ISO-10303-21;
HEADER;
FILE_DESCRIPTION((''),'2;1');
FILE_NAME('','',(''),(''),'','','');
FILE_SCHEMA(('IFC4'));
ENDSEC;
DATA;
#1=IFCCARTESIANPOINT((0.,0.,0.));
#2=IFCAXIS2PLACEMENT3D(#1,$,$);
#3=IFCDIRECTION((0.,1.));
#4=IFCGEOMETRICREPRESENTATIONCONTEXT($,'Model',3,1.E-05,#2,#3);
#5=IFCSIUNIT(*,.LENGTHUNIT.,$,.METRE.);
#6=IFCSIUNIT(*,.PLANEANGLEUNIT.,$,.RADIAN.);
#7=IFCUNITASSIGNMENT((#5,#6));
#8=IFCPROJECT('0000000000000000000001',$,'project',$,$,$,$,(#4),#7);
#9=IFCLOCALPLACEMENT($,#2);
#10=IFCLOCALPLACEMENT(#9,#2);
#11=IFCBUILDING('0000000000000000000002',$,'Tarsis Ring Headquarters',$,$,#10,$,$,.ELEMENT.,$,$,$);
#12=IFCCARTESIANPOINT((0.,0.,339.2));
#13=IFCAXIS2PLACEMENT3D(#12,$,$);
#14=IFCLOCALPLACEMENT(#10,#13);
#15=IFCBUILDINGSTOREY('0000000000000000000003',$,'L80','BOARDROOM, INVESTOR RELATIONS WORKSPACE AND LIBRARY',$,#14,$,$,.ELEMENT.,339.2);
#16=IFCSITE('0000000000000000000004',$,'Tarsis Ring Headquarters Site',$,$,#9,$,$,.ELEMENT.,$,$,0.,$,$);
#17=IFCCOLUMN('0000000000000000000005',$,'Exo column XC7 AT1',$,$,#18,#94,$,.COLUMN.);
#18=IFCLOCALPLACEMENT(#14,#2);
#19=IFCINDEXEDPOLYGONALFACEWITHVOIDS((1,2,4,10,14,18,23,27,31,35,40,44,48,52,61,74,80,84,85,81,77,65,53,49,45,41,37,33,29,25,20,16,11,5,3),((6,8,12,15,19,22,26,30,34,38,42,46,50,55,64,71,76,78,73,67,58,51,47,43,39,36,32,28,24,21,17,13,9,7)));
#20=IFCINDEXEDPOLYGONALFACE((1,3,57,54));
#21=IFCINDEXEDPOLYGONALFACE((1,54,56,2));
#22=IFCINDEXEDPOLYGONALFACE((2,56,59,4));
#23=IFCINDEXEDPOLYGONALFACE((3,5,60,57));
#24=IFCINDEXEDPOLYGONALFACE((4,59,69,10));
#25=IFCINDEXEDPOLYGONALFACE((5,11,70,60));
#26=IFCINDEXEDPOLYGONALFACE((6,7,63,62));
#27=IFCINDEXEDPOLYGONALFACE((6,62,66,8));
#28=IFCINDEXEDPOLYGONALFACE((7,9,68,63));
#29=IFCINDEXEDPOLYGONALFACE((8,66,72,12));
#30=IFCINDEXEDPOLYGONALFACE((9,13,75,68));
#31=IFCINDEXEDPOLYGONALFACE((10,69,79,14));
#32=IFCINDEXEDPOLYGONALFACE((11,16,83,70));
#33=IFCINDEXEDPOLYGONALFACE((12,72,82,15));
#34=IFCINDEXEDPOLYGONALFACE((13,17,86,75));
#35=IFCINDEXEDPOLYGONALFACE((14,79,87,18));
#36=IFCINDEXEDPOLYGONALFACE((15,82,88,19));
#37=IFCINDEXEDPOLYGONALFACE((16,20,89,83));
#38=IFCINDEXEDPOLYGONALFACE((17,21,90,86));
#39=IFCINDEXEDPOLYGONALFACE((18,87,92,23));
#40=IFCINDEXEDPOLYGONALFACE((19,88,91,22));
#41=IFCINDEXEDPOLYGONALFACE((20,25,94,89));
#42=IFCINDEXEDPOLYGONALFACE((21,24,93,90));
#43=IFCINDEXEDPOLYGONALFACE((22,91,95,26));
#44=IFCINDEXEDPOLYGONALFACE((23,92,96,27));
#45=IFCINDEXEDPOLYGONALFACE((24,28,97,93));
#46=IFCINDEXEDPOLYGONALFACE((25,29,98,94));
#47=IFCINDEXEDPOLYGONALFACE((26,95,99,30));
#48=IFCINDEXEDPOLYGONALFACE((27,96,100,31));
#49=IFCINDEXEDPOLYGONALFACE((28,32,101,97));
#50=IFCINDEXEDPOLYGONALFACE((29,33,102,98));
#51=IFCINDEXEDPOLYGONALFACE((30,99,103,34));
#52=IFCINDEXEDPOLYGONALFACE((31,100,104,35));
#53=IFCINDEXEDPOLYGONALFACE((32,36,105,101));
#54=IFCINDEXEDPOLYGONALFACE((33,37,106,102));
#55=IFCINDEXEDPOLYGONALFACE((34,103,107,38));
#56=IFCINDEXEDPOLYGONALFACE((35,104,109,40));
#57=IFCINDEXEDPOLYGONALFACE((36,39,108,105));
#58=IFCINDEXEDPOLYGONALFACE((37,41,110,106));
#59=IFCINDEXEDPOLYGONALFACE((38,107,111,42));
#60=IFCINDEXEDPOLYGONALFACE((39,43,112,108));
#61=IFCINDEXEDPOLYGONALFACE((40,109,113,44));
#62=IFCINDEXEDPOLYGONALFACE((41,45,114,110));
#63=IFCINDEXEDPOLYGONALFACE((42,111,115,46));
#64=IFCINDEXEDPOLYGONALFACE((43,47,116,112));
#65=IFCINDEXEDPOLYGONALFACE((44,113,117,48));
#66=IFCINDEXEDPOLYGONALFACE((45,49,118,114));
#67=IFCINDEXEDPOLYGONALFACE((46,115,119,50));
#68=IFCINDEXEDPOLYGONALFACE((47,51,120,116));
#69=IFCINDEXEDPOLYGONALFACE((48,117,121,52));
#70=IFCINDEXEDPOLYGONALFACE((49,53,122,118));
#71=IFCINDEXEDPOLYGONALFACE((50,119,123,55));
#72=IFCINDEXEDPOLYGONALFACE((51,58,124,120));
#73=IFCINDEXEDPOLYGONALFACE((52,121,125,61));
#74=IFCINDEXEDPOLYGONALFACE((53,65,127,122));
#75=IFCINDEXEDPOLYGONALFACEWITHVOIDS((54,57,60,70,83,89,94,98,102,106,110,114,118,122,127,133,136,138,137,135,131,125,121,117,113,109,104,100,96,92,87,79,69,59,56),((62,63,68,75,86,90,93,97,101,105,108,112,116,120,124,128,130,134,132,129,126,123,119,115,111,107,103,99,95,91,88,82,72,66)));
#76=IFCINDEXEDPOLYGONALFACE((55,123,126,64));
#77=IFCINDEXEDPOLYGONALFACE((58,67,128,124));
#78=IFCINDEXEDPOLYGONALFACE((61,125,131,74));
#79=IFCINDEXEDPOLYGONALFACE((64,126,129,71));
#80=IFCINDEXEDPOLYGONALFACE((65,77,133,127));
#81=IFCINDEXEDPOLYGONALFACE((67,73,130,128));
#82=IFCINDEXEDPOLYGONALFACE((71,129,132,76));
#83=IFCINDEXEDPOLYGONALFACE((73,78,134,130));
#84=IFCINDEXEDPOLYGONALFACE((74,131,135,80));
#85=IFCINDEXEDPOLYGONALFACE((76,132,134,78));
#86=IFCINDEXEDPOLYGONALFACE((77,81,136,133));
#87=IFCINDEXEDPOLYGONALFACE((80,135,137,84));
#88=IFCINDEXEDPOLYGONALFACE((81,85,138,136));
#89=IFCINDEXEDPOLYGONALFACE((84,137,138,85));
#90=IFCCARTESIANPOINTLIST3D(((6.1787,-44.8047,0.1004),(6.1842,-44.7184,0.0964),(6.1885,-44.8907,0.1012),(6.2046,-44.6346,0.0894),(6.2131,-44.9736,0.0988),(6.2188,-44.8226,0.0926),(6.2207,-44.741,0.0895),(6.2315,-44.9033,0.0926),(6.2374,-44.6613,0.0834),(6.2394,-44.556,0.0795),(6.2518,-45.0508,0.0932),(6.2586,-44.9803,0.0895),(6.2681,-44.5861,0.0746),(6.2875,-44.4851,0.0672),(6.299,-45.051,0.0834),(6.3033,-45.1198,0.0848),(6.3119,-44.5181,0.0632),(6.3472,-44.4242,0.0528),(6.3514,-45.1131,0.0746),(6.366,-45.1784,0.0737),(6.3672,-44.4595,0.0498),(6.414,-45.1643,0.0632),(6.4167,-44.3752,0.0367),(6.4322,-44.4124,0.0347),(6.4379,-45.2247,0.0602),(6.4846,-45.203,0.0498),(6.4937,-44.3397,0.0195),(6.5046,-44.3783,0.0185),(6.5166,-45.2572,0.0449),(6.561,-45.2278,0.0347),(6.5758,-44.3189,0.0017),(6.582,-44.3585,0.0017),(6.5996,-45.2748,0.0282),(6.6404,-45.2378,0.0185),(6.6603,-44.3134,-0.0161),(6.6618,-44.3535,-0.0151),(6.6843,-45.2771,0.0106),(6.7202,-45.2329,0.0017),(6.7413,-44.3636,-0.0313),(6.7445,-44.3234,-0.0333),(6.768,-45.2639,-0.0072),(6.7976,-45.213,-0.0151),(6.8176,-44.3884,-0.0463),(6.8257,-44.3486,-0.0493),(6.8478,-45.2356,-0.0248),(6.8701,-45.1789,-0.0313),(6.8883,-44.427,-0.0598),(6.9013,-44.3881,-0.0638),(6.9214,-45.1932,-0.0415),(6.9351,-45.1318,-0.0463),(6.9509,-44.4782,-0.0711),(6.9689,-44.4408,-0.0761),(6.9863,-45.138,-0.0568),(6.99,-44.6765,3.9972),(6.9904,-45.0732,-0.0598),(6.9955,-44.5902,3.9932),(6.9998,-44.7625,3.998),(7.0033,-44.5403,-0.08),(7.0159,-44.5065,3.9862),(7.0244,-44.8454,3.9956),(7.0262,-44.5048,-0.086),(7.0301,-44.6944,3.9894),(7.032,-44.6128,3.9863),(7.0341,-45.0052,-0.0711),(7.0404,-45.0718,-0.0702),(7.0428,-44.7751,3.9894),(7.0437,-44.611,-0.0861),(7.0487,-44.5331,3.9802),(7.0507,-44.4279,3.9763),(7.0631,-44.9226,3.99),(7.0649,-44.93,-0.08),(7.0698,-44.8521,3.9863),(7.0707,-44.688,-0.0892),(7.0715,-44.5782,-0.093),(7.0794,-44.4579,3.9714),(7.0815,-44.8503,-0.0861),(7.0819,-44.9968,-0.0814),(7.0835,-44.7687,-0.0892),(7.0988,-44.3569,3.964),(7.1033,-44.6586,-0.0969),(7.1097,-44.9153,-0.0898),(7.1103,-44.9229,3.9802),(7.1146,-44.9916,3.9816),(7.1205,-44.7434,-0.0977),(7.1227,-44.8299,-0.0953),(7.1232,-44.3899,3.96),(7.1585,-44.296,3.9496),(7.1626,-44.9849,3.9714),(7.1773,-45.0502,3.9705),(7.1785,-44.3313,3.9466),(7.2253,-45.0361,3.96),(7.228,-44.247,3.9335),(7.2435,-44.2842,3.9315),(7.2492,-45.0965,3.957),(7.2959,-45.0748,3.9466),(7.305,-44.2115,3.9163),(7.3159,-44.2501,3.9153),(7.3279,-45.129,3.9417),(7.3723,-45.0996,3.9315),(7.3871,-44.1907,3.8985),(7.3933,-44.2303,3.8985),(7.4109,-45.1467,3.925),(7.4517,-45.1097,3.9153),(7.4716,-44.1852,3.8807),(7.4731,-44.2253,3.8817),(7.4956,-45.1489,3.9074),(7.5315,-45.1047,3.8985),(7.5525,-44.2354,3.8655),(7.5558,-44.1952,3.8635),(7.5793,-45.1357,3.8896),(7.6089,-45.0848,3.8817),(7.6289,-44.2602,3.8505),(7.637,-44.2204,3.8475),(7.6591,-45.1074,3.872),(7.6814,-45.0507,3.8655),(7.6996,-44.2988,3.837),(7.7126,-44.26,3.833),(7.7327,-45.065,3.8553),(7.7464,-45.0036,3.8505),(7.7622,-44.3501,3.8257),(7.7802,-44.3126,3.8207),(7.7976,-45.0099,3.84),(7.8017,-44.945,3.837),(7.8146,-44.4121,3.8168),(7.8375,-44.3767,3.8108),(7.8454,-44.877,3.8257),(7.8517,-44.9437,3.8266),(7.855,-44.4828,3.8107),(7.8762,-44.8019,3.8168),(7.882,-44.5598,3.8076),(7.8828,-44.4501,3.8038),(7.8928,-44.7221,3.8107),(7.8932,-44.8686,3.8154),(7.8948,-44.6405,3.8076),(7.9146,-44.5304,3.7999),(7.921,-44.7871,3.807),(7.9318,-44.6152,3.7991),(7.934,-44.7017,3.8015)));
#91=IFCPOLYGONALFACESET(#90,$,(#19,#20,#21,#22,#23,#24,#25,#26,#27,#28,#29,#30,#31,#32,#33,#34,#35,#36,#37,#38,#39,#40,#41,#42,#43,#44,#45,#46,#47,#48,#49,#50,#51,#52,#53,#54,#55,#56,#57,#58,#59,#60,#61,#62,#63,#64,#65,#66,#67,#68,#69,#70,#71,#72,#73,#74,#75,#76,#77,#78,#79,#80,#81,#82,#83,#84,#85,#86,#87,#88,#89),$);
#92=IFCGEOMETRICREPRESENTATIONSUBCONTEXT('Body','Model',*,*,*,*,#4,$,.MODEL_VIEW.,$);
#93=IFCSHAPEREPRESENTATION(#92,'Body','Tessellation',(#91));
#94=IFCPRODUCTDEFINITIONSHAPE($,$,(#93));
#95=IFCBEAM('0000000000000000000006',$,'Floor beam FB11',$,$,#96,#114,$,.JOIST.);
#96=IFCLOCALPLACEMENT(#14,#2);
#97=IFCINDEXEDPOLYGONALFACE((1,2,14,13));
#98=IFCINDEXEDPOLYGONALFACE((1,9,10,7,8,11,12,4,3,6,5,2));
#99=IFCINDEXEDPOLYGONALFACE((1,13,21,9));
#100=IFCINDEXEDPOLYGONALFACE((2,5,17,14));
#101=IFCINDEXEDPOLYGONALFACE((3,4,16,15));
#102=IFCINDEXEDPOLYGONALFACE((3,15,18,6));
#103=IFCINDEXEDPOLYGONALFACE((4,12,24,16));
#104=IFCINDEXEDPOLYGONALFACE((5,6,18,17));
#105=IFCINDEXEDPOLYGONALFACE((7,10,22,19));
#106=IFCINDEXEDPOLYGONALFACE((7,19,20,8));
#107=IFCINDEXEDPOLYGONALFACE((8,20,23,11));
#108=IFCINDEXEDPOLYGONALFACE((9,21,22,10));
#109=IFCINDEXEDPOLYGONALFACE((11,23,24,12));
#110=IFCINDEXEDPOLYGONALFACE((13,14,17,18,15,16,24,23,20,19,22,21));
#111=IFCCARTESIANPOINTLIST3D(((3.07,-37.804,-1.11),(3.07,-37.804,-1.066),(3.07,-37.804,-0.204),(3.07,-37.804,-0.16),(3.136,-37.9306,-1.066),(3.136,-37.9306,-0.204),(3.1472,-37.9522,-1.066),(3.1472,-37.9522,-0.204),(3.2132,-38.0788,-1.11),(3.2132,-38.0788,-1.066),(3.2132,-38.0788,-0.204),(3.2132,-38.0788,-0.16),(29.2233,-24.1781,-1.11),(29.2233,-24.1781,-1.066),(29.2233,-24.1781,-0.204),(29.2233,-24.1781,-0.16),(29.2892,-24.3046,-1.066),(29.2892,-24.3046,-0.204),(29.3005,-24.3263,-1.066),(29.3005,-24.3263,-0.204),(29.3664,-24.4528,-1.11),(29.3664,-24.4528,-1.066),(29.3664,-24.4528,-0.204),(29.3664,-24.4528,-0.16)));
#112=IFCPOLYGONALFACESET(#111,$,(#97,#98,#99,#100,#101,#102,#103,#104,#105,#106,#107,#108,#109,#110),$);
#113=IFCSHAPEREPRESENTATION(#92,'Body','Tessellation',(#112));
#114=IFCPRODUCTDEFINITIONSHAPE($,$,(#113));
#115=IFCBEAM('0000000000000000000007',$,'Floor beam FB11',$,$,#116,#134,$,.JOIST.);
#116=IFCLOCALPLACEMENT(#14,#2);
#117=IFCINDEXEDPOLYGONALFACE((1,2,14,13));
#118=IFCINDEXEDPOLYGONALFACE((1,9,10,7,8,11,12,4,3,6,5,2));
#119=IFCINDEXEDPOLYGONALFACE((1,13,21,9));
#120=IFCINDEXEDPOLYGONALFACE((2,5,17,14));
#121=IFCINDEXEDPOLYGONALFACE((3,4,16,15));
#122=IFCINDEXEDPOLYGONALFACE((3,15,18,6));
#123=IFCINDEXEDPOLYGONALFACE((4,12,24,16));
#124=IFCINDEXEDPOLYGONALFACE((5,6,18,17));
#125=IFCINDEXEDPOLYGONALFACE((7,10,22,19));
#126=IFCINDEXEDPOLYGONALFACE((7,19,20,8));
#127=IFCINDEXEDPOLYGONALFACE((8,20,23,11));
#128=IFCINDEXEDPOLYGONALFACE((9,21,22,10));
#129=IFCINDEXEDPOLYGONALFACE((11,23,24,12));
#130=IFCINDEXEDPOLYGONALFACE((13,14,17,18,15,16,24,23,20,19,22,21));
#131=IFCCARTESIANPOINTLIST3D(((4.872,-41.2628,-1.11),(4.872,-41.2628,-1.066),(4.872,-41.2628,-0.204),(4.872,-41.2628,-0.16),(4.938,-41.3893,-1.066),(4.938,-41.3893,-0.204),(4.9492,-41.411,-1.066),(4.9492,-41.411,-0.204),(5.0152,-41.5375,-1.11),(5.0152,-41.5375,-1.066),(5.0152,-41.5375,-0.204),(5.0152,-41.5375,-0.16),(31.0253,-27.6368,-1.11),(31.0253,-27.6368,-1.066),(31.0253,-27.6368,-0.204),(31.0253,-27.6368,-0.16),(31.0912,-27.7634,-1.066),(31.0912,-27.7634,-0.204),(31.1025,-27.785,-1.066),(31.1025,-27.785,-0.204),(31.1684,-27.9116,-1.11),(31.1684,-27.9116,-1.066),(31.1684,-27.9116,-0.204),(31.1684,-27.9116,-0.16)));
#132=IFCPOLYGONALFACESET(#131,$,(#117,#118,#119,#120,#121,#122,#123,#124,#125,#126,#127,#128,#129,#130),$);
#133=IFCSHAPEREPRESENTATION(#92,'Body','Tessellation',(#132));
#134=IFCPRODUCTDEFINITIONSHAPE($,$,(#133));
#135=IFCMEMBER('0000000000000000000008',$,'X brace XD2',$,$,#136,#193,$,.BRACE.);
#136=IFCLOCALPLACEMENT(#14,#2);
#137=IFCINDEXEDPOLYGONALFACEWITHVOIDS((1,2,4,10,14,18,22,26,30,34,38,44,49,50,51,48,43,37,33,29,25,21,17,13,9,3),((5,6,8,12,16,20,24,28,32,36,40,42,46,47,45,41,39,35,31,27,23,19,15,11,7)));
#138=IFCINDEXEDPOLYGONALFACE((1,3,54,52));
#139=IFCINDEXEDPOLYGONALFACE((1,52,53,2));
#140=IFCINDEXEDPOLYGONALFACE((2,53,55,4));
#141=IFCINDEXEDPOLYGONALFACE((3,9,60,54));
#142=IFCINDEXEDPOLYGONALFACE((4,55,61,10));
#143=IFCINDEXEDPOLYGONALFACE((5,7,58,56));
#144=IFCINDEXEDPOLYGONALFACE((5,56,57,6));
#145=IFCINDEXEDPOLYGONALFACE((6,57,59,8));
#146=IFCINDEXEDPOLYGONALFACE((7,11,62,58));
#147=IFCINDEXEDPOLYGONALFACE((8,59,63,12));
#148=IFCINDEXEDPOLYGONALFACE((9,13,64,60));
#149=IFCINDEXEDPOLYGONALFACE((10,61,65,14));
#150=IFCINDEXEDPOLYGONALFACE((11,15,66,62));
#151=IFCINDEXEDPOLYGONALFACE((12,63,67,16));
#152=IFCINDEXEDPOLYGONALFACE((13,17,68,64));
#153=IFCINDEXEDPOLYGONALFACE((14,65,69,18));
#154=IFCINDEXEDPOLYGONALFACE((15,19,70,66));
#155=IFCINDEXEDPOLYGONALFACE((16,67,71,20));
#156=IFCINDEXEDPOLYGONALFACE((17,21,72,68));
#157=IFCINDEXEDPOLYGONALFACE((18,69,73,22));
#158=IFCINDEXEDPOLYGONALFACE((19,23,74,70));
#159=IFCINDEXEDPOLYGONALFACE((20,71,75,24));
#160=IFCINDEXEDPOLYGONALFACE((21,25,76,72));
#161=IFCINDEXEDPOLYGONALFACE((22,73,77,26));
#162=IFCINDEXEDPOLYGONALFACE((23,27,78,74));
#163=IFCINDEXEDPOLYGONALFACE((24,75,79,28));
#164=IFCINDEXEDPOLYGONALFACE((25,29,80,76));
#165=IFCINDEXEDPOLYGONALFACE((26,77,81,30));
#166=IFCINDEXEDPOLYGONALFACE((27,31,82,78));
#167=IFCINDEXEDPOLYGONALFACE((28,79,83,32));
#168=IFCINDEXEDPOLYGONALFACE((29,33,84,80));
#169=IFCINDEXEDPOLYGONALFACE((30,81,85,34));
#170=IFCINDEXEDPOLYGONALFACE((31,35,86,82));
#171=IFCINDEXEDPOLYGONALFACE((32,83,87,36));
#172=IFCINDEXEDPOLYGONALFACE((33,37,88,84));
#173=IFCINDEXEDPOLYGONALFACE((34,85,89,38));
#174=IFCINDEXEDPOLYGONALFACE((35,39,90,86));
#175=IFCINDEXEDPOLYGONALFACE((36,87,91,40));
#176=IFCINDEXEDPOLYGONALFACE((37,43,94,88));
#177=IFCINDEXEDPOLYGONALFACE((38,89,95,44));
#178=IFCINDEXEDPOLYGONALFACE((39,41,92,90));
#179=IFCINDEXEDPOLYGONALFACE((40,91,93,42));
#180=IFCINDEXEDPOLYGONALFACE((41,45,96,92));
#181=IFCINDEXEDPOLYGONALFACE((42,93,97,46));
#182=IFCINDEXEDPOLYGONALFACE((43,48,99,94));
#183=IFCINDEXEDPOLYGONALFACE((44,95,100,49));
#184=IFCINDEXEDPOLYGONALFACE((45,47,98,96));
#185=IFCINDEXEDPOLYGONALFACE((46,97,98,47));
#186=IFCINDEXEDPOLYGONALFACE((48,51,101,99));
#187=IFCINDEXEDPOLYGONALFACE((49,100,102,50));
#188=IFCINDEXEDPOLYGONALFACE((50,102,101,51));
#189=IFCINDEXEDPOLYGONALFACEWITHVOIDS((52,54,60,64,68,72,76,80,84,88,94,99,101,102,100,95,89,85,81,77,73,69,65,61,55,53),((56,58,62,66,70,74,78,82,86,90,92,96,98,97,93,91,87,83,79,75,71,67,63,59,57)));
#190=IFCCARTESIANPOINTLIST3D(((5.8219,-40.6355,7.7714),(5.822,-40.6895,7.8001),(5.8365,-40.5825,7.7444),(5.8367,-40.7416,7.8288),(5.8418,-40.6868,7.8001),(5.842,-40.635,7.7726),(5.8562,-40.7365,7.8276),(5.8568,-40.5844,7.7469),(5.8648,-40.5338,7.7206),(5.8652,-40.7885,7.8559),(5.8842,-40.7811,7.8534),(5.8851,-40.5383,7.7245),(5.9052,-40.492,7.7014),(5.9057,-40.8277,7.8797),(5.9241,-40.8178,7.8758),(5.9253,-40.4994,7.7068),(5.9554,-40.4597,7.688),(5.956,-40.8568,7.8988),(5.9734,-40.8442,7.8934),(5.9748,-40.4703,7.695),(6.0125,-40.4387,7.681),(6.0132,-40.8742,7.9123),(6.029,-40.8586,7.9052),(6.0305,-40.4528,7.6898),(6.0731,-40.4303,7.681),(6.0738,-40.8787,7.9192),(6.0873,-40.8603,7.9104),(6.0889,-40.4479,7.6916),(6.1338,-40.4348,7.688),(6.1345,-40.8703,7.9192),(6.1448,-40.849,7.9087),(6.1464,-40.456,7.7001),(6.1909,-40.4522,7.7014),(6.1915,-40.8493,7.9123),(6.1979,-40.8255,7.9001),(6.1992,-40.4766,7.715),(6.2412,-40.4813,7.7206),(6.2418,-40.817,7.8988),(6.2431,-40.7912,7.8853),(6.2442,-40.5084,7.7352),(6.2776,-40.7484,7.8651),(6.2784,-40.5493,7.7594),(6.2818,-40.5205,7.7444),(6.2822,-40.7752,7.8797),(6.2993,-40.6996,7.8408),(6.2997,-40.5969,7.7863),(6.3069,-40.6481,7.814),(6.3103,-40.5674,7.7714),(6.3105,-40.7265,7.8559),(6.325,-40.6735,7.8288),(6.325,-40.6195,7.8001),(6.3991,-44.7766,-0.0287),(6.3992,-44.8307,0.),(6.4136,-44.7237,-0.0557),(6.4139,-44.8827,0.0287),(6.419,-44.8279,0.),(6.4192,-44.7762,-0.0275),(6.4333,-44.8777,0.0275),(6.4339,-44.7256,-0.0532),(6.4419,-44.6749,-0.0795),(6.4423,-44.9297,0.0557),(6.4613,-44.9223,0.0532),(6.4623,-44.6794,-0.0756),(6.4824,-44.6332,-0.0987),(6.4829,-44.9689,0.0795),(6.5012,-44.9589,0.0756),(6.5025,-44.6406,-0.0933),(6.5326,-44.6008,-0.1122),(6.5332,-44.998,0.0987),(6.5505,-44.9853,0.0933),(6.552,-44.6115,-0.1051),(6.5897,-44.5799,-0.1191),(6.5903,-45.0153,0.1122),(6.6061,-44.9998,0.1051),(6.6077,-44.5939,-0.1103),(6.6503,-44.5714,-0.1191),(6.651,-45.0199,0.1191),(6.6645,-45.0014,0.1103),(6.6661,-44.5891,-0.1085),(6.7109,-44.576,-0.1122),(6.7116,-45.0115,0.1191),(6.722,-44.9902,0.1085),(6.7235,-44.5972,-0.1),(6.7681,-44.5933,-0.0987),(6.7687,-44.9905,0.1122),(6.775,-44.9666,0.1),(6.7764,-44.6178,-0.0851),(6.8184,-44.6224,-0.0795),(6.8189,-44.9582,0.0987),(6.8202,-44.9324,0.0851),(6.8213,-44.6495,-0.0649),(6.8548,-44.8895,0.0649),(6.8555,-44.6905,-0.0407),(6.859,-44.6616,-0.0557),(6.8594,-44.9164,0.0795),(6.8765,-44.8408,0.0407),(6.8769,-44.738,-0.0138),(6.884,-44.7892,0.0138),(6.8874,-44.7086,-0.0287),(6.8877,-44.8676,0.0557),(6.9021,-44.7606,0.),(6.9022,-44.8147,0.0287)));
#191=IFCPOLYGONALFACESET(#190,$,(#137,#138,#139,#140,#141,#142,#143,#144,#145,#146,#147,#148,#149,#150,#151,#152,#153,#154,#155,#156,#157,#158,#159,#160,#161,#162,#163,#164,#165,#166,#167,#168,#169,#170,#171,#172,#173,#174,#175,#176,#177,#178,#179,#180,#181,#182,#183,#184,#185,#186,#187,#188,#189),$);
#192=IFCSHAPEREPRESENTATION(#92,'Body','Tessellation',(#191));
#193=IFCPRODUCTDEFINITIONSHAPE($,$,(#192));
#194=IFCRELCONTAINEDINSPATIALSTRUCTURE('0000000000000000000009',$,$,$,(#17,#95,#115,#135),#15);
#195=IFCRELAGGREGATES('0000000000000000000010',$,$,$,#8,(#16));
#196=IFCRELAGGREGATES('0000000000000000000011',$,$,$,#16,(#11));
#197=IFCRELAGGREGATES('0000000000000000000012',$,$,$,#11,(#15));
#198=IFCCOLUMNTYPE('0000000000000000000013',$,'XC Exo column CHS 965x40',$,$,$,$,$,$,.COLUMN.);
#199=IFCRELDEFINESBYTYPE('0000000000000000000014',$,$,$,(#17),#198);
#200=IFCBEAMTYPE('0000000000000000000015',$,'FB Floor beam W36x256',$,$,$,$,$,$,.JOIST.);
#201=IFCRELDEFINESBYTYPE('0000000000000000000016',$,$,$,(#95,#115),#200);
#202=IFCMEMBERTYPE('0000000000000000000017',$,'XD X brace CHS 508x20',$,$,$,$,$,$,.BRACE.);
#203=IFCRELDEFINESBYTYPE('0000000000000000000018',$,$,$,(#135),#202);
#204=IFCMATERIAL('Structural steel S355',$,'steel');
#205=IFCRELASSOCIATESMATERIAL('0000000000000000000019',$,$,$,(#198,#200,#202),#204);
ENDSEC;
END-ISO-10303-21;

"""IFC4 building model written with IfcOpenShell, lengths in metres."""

from ifc_helpers import new_model, si_unit, direction, frame, origin, origin_2d, place, context, subcontext, project, spatial, hollow_circle, i_section, extrude, material, material_profile, profile_set, type_object, element, save


model = new_model("IFC4")

# Units and contexts
model_context = context("Model", 3, precision=1e-05, world=origin(), true_north=direction((0.0, 1.0)))
body_context = subcontext(model_context, "Body", "Model", "MODEL_VIEW")
ifc_project = project(units=[si_unit("LENGTHUNIT", "METRE"), si_unit("PLANEANGLEUNIT", "RADIAN")], contexts=[model_context])

# Site, building, storey
site_placement = place(None, origin())
site = spatial("IfcSite", under=ifc_project, at=site_placement, Name="Tarsis Ring Headquarters Site", CompositionType="ELEMENT", RefElevation=0.0)
building_placement = place(site_placement, origin())
building = spatial("IfcBuilding", under=site, at=building_placement, Name="Tarsis Ring Headquarters", CompositionType="ELEMENT")
storey_placement = place(building_placement, frame((0.0, 0.0, 339.2)))
storey = spatial("IfcBuildingStorey", under=building, at=storey_placement, Name="L80", Description="BOARDROOM, INVESTOR RELATIONS WORKSPACE AND LIBRARY", CompositionType="ELEMENT", Elevation=339.2)

# Column
ifc_material_1 = material(Name="Structural steel S355", Category="steel")
ifc_material_profile_1 = material_profile(ifc_material_1, hollow_circle(Radius=0.4827, WallThickness=0.04, at=origin_2d()), Name="CHS 965x40")
ifc_profile_set_1 = profile_set([ifc_material_profile_1], Name="Structural steel S355")
column_type = type_object("IfcColumnType", Name="XC Exo column CHS 965x40", PredefinedType="COLUMN", material=ifc_profile_set_1)
column_placement = place(storey_placement, frame((6.6511, -44.7957, 0.0017), z_axis=(0.203719, 0.032185, 0.9785), x_axis=(-0.156054, 0.987749, 0.0)))
element("IfcColumn", 1, at=column_placement, inside=storey, type_object=column_type, Name="Exo column XC7 AT1", PredefinedType="COLUMN", context=body_context, shape_type="SweptSolid", body=[
    extrude(hollow_circle(Radius=0.4827, WallThickness=0.04, at=origin_2d()), origin(), (0.0, 0.0, 1.0), 3.9824),
])

# Beams
ifc_material_profile_2 = material_profile(ifc_material_1, i_section(OverallWidth=0.3098, OverallDepth=0.95, WebThickness=0.0244, FlangeThickness=0.0439, at=origin_2d()), Name="W36x256")
ifc_profile_set_2 = profile_set([ifc_material_profile_2], Name="Structural steel S355")
beam_type_1 = type_object("IfcBeamType", Name="FB Floor beam W36x256", PredefinedType="JOIST", material=ifc_profile_set_2)
for number, where, z_axis, x_axis, name in (
    (2, (3.1416, -37.9414, -0.635), (0.886852, 0.462053, 0.0), (-0.462053, 0.886852, 0.0), "Floor beam FB11"),
    (3, (4.9436, -41.4001, -0.635), (0.886852, 0.462053, 0.0), (-0.462053, 0.886852, 0.0), "Floor beam FB11"),
):
    element("IfcBeam", number, at=place(storey_placement, frame(where, z_axis=z_axis, x_axis=x_axis)), inside=storey, type_object=beam_type_1, Name=name, PredefinedType="JOIST", context=body_context, shape_type="SweptSolid", body=[
        extrude(i_section(OverallWidth=0.3098, OverallDepth=0.95, WebThickness=0.0244, FlangeThickness=0.0439, at=origin_2d()), origin(), (0.0, 0.0, 1.0), 29.49),
    ])

# Member
ifc_material_profile_3 = material_profile(ifc_material_1, hollow_circle(Radius=0.2539, WallThickness=0.02, at=origin_2d()), Name="CHS 508x20")
ifc_profile_set_3 = profile_set([ifc_material_profile_3], Name="Structural steel S355")
member_type = type_object("IfcMemberType", Name="XD X brace CHS 508x20", PredefinedType="BRACE", material=ifc_profile_set_3)
member_placement = place(storey_placement, frame((6.6506, -44.7957, 0.0), z_axis=(-0.065214, 0.467922, 0.88136), x_axis=(-0.990427, -0.138036, 0.0)))
element("IfcMember", 4, at=member_placement, inside=storey, type_object=member_type, Name="X brace XD2", PredefinedType="BRACE", context=body_context, shape_type="SweptSolid", body=[
    extrude(hollow_circle(Radius=0.2539, WallThickness=0.02, at=origin_2d()), origin(), (0.0, 0.0, 1.0), 8.8501),
])

save(model, "model.ifc")
